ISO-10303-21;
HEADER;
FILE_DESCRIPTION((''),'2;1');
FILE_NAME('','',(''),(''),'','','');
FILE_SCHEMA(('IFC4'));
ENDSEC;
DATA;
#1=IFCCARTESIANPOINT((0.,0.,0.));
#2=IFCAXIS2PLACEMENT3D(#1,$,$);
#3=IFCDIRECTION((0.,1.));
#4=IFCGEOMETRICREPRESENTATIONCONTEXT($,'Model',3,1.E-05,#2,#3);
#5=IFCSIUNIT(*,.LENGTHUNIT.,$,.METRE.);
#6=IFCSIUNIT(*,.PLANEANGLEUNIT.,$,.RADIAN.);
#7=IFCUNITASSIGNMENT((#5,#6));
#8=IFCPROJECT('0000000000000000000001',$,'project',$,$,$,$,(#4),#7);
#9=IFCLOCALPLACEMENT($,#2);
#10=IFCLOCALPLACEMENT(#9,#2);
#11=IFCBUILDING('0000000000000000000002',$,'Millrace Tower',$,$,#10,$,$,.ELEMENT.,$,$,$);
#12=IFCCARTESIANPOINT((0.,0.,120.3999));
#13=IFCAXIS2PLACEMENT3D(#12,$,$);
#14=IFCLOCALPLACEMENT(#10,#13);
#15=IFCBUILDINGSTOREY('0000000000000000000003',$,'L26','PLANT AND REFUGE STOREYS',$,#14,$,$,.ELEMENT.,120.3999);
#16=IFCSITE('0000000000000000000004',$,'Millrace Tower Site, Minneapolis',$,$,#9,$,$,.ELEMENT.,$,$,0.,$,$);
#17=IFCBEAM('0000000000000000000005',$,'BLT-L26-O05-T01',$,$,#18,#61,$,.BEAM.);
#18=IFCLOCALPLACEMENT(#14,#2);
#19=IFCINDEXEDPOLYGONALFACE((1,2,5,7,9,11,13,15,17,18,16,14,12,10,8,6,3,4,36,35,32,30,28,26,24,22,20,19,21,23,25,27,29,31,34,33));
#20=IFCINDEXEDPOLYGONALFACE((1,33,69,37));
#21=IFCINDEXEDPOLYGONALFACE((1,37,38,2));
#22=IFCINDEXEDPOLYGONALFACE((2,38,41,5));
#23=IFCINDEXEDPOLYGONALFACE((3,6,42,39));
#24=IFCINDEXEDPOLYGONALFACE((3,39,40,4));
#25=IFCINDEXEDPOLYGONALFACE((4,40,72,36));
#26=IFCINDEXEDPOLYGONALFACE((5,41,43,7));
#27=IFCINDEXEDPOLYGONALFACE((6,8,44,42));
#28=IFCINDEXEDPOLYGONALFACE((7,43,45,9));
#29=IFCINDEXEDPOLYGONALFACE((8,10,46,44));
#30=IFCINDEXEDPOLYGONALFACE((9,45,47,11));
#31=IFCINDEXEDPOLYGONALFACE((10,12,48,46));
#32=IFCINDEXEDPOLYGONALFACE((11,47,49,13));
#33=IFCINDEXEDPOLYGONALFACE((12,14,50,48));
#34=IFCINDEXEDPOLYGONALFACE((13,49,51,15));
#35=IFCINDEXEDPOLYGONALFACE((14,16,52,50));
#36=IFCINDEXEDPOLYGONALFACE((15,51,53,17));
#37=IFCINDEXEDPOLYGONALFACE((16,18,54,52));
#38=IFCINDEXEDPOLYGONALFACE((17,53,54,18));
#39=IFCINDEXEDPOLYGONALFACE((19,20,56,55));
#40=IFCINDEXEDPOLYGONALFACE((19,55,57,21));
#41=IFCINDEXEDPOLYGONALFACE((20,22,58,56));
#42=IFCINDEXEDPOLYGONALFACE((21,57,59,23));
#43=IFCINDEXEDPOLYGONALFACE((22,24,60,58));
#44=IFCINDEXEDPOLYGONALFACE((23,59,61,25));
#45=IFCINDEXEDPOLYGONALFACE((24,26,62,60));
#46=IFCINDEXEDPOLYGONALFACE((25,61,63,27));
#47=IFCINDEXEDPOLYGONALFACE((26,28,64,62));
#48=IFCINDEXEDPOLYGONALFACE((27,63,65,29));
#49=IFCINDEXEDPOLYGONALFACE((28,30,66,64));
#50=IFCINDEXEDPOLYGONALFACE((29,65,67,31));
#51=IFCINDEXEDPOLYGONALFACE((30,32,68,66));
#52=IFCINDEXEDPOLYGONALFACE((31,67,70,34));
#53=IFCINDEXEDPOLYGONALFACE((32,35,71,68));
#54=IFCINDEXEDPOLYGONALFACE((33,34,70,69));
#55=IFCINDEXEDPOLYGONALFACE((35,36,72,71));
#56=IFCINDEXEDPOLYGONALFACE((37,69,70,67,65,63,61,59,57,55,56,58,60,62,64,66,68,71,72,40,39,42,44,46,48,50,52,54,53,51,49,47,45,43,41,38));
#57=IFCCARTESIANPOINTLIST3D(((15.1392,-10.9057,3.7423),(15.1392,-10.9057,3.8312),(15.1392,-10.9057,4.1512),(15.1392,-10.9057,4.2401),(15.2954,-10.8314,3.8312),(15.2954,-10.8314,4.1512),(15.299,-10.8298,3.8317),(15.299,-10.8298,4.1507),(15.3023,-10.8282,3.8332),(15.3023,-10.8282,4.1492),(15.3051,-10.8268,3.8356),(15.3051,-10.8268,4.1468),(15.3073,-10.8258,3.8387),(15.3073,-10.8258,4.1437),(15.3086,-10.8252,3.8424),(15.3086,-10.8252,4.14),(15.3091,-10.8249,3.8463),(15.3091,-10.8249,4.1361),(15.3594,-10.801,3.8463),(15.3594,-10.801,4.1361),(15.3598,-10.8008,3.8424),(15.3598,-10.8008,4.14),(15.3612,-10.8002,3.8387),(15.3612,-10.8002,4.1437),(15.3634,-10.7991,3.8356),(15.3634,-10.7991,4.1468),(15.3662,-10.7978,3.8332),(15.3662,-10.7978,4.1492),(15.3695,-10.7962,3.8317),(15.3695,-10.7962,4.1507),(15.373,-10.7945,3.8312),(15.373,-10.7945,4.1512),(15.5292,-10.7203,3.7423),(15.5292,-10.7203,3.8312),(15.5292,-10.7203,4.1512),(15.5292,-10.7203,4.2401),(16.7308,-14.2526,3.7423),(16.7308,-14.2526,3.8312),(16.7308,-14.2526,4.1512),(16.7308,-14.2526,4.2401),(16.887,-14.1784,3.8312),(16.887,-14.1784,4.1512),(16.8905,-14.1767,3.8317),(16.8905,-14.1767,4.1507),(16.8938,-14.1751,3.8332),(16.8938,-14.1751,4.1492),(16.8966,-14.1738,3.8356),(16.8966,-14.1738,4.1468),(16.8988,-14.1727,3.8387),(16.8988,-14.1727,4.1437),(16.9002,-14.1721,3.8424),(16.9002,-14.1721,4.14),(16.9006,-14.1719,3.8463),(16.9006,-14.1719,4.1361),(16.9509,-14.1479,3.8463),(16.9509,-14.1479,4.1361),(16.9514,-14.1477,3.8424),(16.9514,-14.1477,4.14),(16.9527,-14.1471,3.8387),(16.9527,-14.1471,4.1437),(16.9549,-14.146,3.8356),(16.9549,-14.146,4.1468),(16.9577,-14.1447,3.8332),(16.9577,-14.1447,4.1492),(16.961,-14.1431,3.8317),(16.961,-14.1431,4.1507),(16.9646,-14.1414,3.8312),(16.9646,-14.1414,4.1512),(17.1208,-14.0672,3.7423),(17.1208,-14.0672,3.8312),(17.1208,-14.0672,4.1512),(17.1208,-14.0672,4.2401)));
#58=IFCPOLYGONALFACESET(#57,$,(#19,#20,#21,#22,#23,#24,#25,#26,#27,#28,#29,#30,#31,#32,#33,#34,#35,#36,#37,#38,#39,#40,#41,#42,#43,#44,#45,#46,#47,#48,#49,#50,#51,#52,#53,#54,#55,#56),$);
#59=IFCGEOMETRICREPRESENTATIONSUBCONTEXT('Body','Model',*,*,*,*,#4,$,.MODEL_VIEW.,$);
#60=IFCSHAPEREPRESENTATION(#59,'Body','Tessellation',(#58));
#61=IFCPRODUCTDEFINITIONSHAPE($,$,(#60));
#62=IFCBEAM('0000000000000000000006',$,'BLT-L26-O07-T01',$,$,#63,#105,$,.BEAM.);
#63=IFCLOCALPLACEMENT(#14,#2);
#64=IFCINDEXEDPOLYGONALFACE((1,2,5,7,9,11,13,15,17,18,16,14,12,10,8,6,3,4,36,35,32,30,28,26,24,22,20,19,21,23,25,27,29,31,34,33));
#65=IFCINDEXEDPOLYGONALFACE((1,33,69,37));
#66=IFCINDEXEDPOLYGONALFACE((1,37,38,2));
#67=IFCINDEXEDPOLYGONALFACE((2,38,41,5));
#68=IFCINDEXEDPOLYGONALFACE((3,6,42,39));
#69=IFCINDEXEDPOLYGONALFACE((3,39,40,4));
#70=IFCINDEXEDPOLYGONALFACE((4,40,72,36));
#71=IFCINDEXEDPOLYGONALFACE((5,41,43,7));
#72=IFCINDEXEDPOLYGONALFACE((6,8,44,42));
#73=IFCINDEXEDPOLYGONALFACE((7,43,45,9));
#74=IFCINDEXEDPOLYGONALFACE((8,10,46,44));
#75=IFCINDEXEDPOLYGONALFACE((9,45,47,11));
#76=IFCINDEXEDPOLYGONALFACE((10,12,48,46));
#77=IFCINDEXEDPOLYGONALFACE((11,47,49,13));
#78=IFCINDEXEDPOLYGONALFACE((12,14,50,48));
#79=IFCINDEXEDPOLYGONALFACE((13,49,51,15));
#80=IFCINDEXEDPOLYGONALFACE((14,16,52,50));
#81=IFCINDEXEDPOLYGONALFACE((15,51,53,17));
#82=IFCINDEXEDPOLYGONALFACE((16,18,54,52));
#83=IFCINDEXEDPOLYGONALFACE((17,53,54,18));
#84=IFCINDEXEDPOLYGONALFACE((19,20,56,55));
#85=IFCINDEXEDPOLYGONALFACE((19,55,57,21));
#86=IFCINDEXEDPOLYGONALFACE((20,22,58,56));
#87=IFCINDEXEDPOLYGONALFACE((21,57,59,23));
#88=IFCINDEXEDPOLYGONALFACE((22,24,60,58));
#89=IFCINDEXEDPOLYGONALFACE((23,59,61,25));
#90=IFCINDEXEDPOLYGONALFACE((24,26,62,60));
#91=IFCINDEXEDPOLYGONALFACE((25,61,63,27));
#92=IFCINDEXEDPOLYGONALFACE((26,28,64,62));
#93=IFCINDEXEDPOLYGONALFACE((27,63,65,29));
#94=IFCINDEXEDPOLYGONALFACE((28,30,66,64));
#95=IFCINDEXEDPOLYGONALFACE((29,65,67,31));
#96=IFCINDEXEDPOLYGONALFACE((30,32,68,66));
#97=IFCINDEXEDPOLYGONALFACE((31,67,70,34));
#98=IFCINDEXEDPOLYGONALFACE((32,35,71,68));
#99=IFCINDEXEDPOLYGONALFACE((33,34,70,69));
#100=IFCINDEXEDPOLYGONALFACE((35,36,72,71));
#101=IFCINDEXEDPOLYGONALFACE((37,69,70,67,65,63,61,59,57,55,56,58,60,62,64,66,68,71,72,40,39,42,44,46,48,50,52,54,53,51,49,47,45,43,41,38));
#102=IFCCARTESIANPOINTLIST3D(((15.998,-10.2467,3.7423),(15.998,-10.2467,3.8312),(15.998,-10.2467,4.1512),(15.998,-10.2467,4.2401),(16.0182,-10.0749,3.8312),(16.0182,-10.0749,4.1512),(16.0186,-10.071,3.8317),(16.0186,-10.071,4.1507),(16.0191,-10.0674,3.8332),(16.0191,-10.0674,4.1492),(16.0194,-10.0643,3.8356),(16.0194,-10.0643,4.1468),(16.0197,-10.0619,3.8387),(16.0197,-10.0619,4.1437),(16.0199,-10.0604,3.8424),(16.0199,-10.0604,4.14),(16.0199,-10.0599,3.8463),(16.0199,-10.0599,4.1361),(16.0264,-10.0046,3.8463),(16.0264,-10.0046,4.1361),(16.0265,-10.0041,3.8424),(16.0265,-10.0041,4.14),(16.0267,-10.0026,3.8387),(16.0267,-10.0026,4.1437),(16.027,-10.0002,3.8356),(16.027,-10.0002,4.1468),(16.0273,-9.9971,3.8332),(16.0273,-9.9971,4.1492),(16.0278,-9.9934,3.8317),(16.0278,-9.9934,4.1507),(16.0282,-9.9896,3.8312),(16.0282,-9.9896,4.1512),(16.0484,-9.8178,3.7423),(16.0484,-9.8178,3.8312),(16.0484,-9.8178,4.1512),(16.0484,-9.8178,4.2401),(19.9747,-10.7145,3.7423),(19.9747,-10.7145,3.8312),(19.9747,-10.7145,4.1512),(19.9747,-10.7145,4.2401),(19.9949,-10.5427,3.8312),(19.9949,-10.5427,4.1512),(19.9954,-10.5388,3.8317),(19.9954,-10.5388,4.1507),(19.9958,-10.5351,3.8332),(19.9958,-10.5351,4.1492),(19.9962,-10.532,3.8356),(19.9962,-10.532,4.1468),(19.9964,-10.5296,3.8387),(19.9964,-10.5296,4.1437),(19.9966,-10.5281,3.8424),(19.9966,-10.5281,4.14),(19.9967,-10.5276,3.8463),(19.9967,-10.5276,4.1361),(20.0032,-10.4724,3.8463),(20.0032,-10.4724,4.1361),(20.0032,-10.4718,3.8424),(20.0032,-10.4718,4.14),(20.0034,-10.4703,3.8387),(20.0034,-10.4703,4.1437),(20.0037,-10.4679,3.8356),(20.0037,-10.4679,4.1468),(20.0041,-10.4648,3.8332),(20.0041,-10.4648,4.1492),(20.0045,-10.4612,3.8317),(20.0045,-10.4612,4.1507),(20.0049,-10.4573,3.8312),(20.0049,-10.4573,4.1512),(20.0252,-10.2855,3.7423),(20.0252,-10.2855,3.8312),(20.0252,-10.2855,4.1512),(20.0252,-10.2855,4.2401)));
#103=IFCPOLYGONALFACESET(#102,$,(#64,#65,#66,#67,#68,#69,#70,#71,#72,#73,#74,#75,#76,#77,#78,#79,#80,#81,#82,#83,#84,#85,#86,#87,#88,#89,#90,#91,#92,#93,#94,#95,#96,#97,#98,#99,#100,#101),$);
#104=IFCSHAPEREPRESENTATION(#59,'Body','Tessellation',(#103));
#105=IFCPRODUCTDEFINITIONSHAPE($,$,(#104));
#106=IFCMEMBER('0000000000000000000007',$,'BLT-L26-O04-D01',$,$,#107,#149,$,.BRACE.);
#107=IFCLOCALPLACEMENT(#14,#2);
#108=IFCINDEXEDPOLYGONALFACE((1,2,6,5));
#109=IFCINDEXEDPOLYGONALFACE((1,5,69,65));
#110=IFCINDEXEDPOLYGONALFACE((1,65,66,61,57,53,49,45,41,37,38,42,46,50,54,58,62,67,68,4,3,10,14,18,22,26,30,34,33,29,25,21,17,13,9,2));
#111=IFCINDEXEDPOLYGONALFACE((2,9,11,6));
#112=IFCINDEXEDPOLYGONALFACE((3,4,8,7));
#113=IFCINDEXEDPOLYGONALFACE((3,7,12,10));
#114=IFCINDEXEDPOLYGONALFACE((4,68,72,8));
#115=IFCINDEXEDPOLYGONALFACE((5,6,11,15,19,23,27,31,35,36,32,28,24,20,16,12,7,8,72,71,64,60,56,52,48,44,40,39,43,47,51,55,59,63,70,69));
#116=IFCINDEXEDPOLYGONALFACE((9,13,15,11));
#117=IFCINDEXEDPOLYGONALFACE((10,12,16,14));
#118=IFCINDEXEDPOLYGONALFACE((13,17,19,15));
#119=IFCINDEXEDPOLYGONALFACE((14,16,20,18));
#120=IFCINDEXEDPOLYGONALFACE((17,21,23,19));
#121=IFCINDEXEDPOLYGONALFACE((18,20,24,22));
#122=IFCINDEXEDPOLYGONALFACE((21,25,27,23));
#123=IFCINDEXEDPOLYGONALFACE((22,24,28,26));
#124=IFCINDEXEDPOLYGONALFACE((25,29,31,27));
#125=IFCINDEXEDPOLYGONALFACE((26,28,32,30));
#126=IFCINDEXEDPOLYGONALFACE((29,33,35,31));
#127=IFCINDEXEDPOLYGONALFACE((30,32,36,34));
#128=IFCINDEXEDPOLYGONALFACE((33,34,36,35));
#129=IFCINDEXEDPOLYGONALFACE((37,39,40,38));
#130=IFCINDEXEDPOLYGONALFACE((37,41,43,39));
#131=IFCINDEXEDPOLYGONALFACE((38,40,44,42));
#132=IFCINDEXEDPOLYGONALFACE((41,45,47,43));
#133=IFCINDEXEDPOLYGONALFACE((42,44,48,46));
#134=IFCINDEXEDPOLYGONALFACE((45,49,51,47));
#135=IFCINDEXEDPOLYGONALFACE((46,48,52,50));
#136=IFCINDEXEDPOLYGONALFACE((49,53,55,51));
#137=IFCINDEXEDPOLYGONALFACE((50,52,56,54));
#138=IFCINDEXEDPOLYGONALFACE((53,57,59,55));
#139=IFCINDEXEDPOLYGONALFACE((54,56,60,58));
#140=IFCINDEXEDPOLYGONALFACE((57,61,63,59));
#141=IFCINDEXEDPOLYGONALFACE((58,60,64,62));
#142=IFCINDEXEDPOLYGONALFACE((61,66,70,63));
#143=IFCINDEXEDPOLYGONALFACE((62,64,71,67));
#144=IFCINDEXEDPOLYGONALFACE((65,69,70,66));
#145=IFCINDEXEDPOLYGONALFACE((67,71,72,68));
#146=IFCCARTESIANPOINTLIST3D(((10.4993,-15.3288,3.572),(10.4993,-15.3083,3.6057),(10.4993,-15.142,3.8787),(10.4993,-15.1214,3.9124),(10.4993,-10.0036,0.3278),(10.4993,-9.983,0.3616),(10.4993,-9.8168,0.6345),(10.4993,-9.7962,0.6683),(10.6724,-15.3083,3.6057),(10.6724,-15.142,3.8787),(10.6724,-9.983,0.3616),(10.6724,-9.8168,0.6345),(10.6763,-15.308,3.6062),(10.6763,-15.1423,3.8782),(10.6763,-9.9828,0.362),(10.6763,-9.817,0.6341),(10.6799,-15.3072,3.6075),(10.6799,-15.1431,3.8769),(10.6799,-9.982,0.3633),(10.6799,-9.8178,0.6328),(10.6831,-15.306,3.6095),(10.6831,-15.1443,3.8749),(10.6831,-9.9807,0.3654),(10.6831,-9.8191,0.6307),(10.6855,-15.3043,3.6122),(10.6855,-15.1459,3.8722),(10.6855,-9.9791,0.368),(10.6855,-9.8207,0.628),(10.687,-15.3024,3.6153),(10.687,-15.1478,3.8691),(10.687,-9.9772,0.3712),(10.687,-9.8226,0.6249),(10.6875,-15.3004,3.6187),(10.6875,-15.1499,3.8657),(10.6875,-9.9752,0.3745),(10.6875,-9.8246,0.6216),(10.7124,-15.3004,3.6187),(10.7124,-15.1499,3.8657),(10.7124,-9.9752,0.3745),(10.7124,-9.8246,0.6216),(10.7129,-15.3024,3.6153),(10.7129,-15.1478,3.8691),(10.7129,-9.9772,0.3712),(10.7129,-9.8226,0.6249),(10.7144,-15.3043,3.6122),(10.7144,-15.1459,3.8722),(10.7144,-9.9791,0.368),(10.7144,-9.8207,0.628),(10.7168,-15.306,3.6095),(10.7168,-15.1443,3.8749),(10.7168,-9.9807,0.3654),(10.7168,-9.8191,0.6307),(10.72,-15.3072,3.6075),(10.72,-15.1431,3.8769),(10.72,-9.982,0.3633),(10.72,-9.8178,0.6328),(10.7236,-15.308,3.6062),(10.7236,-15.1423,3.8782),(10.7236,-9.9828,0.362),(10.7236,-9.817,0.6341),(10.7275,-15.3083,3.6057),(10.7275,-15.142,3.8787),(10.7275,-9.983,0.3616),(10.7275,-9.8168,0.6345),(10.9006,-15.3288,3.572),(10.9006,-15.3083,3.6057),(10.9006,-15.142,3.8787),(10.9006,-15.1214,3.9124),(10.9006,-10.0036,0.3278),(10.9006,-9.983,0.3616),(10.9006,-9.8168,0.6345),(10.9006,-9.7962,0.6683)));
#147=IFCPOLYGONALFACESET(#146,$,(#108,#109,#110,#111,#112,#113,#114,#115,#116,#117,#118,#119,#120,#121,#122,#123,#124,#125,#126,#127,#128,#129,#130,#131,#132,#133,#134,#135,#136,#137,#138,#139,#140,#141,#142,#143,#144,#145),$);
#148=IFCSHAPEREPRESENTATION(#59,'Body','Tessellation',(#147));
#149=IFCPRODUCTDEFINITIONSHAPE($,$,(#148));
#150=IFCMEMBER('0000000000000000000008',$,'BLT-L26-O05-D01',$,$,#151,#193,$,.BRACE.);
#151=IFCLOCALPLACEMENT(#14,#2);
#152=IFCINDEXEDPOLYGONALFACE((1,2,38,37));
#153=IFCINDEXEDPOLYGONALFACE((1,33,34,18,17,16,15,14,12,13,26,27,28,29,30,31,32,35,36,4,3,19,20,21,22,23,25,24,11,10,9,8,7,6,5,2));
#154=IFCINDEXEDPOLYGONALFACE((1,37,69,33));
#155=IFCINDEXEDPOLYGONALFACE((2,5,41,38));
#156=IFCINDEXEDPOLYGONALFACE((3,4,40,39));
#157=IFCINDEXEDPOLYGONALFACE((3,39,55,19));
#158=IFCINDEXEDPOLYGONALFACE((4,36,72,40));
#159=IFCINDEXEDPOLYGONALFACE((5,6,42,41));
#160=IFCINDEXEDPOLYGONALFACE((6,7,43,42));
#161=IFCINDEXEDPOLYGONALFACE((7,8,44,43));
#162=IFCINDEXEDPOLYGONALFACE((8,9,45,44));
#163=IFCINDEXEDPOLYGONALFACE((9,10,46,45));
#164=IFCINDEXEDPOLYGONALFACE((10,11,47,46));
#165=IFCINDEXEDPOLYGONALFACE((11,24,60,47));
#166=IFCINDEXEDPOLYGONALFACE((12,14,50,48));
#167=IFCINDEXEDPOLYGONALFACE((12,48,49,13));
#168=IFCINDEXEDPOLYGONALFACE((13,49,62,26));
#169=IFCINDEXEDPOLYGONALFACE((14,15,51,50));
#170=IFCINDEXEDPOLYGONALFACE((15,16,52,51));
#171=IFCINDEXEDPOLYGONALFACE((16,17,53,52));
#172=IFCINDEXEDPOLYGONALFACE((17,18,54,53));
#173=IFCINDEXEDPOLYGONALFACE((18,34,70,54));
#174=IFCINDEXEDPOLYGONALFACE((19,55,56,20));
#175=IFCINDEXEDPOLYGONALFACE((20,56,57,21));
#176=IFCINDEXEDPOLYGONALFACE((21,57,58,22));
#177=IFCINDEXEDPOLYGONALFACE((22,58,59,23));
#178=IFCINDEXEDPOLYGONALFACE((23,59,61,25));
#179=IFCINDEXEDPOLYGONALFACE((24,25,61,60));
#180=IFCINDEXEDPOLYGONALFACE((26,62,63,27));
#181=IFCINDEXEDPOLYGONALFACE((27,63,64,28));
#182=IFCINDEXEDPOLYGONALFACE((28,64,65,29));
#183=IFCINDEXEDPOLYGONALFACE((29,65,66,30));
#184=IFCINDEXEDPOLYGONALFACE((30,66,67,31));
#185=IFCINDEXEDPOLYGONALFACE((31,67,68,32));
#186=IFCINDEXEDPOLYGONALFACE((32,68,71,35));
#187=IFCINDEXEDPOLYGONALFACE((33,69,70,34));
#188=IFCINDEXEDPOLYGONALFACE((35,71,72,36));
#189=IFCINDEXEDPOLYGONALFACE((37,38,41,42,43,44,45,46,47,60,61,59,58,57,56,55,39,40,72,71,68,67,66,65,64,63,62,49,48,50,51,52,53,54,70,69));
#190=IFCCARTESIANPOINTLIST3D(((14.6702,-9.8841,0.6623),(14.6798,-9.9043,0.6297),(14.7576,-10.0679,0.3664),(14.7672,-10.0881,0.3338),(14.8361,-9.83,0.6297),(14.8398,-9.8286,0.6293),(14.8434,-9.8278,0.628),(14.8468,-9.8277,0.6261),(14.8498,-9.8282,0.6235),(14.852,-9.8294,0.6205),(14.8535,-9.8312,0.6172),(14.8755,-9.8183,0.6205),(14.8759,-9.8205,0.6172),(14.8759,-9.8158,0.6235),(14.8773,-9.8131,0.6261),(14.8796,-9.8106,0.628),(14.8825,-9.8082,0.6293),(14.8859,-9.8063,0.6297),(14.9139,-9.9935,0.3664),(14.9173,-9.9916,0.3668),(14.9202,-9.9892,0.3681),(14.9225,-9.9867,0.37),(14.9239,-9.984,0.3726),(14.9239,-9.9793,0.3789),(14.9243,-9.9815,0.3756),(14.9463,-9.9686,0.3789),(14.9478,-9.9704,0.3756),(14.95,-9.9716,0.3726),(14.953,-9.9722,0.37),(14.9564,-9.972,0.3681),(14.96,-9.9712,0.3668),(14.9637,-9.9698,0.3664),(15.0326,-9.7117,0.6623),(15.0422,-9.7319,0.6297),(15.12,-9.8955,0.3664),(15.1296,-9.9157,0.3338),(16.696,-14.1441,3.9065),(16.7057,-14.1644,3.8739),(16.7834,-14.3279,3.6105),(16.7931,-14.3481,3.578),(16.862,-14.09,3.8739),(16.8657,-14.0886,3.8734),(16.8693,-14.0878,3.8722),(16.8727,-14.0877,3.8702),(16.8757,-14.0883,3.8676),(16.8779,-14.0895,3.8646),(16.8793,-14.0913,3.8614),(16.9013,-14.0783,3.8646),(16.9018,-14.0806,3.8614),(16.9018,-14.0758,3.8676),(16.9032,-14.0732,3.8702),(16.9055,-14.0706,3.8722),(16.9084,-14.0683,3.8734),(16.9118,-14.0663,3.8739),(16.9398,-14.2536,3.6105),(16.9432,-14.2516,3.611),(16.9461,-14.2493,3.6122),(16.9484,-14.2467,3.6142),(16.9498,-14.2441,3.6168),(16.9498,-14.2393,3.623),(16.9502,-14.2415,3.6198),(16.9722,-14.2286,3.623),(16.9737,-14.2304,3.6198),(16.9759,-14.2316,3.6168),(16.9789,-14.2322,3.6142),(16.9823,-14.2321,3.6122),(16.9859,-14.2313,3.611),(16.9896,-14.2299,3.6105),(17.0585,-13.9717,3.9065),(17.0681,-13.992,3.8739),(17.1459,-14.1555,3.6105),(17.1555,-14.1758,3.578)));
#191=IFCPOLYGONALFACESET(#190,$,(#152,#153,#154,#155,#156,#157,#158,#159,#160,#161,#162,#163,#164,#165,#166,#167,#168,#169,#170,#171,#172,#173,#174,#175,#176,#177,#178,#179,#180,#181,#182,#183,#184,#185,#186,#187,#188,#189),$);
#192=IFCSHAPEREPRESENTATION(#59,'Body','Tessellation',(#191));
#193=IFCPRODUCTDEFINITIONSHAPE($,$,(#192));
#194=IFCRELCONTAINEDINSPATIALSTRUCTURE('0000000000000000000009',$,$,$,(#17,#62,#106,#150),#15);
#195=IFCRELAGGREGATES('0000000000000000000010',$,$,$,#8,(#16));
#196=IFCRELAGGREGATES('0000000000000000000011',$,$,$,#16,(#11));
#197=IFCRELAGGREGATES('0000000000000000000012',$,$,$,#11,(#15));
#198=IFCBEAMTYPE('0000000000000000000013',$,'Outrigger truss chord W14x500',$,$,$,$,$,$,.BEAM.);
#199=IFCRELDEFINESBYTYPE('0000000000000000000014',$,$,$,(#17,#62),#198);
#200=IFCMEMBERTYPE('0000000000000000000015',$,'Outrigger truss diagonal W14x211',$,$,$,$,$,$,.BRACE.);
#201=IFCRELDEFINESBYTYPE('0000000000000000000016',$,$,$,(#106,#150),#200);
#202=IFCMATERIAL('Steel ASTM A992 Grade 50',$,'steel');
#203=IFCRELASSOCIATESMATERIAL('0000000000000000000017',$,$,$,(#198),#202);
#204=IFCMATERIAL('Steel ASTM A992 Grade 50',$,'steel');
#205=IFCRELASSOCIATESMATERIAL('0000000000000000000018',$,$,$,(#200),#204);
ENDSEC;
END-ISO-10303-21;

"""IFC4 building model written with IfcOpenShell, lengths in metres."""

from ifc_helpers import new_model, si_unit, direction, frame, origin, origin_2d, place, context, subcontext, project, spatial, i_section, extrude, material, material_profile, profile_set, type_object, element, save


model = new_model("IFC4")

# Units and contexts
model_context = context("Model", 3, precision=1e-05, world=origin(), true_north=direction((0.0, 1.0)))
body_context = subcontext(model_context, "Body", "Model", "MODEL_VIEW")
ifc_project = project(units=[si_unit("LENGTHUNIT", "METRE"), si_unit("PLANEANGLEUNIT", "RADIAN")], contexts=[model_context])

# Site, building, storey
site_placement = place(None, origin())
site = spatial("IfcSite", under=ifc_project, at=site_placement, Name="Millrace Tower Site, Minneapolis", CompositionType="ELEMENT", RefElevation=0.0)
building_placement = place(site_placement, origin())
building = spatial("IfcBuilding", under=site, at=building_placement, Name="Millrace Tower", CompositionType="ELEMENT")
storey_placement = place(building_placement, frame((0.0, 0.0, 120.3999)))
storey = spatial("IfcBuildingStorey", under=building, at=storey_placement, Name="L26", Description="PLANT AND REFUGE STOREYS", CompositionType="ELEMENT", Elevation=120.3999)

# Beams
ifc_material_1 = material(Name="Steel ASTM A992 Grade 50", Category="steel")
ifc_material_profile_1 = material_profile(ifc_material_1, i_section(OverallWidth=0.4319, OverallDepth=0.4978, WebThickness=0.0557, FlangeThickness=0.0889, FilletRadius=0.0151, at=origin_2d()))
ifc_profile_set_1 = profile_set([ifc_material_profile_1], Name="Steel ASTM A992 Grade 50")
beam_type_1 = type_object("IfcBeamType", Name="Outrigger truss chord W14x500", PredefinedType="BEAM", material=ifc_profile_set_1)
beam_1_placement = place(storey_placement, frame((15.3342, -10.813, 3.9912), z_axis=(0.429445, -0.903093, 0.0), x_axis=(0.903093, 0.429445, 0.0)))
element("IfcBeam", 1, at=beam_1_placement, inside=storey, type_object=beam_type_1, Name="BLT-L26-O05-T01", PredefinedType="BEAM", context=body_context, shape_type="SweptSolid", body=[
    extrude(i_section(OverallWidth=0.4319, OverallDepth=0.4978, WebThickness=0.0557, FlangeThickness=0.0889, FilletRadius=0.0151, at=origin_2d()), origin(), (0.0, 0.0, 1.0), 3.7061),
])
beam_2_placement = place(storey_placement, frame((16.0232, -10.0322, 3.9912), z_axis=(0.993153, -0.11682, 0.0), x_axis=(0.11682, 0.993153, 0.0)))
element("IfcBeam", 2, at=beam_2_placement, inside=storey, type_object=beam_type_1, Name="BLT-L26-O07-T01", PredefinedType="BEAM", context=body_context, shape_type="SweptSolid", body=[
    extrude(i_section(OverallWidth=0.4319, OverallDepth=0.4978, WebThickness=0.0557, FlangeThickness=0.0889, FilletRadius=0.0151, at=origin_2d()), origin(), (0.0, 0.0, 1.0), 4.0042),
])

# Members
ifc_material_2 = material(Name="Steel ASTM A992 Grade 50", Category="steel")
ifc_material_profile_2 = material_profile(ifc_material_2, i_section(OverallWidth=0.4014, OverallDepth=0.3987, WebThickness=0.0249, FlangeThickness=0.0396, FilletRadius=0.0151, at=origin_2d()))
ifc_profile_set_2 = profile_set([ifc_material_profile_2], Name="Steel ASTM A992 Grade 50")
member_type_1 = type_object("IfcMemberType", Name="Outrigger truss diagonal W14x211", PredefinedType="BRACE", material=ifc_profile_set_2)
member_1_placement = place(storey_placement, frame((10.7, -9.8999, 0.498), z_axis=(0.0, -0.854005, 0.520265), x_axis=(1.0, 0.0, 0.0)))
element("IfcMember", 3, at=member_1_placement, inside=storey, type_object=member_type_1, Name="BLT-L26-O04-D01", PredefinedType="BRACE", context=body_context, shape_type="SweptSolid", body=[
    extrude(i_section(OverallWidth=0.4014, OverallDepth=0.3987, WebThickness=0.0249, FlangeThickness=0.0396, FilletRadius=0.0151, at=origin_2d()), origin(), (0.0, 0.0, 1.0), 6.2356),
])
member_2_placement = place(storey_placement, frame((14.8999, -9.8999, 0.498), z_axis=(0.353862, -0.744099, 0.566656), x_axis=(0.903082, 0.429467, 0.0)))
element("IfcMember", 4, at=member_2_placement, inside=storey, type_object=member_type_1, Name="BLT-L26-O05-D01", PredefinedType="BRACE", context=body_context, shape_type="SweptSolid", body=[
    extrude(i_section(OverallWidth=0.4014, OverallDepth=0.3987, WebThickness=0.0249, FlangeThickness=0.0396, FilletRadius=0.0151, at=origin_2d()), origin(), (0.0, 0.0, 1.0), 5.7251),
])

save(model, "model.ifc")
